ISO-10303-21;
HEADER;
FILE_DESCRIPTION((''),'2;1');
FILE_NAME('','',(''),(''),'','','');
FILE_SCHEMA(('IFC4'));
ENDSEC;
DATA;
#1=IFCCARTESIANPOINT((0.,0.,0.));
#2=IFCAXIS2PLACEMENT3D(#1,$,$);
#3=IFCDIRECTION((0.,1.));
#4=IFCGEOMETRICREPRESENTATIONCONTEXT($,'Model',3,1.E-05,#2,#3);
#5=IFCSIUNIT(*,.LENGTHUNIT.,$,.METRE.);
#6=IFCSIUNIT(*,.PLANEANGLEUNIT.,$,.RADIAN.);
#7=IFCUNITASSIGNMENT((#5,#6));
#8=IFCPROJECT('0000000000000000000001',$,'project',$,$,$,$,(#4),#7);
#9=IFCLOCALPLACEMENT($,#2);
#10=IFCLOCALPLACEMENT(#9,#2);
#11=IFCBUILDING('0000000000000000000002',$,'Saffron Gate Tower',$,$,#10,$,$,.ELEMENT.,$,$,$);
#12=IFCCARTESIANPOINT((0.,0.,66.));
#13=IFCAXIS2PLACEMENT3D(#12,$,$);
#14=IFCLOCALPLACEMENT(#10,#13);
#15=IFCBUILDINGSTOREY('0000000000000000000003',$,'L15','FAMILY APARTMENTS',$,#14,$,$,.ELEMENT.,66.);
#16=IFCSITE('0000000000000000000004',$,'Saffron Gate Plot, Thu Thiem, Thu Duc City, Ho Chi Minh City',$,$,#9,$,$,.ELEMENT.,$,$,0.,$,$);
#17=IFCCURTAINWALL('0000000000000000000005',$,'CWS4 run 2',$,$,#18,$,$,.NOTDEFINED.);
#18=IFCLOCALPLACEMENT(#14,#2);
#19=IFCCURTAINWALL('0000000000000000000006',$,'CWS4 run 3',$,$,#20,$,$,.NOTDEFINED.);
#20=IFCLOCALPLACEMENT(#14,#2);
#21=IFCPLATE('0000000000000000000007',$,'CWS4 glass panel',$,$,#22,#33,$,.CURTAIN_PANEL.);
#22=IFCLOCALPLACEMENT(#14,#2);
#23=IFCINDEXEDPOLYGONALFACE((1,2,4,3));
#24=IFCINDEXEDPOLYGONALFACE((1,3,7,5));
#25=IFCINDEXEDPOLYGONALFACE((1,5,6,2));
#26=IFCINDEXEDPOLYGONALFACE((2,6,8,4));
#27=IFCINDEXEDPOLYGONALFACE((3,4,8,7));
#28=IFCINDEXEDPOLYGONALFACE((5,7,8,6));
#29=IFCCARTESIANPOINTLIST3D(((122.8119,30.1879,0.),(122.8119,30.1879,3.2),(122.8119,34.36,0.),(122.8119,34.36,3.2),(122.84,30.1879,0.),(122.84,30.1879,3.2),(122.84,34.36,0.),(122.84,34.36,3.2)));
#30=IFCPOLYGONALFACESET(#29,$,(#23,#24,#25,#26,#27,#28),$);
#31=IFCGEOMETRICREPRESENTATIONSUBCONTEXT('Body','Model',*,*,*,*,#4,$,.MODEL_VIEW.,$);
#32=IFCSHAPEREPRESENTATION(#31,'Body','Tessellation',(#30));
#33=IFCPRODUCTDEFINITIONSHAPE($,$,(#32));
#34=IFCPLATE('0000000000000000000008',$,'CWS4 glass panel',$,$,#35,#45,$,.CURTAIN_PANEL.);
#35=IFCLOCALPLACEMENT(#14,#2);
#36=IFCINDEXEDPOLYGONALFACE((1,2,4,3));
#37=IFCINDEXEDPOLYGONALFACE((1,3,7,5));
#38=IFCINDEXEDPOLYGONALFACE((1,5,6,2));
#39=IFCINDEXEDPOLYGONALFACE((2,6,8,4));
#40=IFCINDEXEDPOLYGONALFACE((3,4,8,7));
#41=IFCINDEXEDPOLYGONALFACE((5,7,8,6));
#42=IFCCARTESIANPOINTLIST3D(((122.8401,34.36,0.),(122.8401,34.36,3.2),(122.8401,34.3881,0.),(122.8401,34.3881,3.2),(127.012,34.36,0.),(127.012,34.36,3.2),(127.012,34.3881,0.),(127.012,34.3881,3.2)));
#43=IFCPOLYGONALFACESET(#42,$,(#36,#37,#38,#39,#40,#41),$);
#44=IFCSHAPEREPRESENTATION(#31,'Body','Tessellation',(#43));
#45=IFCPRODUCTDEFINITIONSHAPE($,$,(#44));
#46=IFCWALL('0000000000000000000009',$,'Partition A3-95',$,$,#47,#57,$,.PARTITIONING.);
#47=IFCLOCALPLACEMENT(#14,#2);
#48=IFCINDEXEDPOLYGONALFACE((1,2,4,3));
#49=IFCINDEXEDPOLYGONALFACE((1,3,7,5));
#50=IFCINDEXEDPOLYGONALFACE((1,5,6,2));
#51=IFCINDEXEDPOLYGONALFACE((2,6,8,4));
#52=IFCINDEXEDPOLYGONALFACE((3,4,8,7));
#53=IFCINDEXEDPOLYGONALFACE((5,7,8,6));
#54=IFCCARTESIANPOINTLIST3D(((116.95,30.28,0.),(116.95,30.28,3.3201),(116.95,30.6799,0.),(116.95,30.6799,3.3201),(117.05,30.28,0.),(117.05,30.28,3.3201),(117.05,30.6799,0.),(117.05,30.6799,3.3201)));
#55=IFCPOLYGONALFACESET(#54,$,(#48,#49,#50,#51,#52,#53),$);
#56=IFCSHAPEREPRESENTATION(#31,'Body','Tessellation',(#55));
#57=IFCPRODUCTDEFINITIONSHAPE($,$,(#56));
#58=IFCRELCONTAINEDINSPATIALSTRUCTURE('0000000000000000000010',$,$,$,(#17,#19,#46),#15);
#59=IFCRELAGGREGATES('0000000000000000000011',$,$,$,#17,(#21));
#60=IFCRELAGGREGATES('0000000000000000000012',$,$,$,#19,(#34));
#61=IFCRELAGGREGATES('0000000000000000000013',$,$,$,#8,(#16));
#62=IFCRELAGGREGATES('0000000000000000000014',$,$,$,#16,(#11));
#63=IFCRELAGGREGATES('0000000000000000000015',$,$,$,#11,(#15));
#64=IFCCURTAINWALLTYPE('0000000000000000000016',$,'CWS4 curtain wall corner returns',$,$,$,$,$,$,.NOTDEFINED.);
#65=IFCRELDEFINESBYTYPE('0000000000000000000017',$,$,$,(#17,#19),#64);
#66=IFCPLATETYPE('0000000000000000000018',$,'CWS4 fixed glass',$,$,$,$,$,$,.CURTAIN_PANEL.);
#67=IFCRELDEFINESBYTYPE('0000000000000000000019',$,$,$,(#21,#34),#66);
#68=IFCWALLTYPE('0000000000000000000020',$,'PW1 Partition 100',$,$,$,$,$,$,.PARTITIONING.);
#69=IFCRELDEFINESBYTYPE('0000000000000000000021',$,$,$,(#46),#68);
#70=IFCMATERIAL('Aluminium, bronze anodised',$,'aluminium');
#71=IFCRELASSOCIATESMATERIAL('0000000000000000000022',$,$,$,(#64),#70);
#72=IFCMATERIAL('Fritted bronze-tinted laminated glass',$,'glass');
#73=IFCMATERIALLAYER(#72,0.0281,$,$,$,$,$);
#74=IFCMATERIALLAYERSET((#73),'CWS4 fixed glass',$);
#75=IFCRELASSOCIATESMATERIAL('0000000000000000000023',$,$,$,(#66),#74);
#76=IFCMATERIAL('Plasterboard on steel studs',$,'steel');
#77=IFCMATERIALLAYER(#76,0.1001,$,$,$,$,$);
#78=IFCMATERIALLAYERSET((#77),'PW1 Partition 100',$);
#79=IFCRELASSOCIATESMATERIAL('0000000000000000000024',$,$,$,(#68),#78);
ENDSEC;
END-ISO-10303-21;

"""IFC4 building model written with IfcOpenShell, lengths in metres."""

from ifc_helpers import new_model, si_unit, direction, frame, frame_2d, origin, place, context, subcontext, project, spatial, rectangle, extrude, material, layer, layer_set, type_object, element, aggregate, save


model = new_model("IFC4")

# Units and contexts
model_context = context("Model", 3, precision=1e-05, world=origin(), true_north=direction((0.0, 1.0)))
body_context = subcontext(model_context, "Body", "Model", "MODEL_VIEW")
ifc_project = project(units=[si_unit("LENGTHUNIT", "METRE"), si_unit("PLANEANGLEUNIT", "RADIAN")], contexts=[model_context])

# Site, building, storey
site_placement = place(None, origin())
site = spatial("IfcSite", under=ifc_project, at=site_placement, Name="Saffron Gate Plot, Thu Thiem, Thu Duc City, Ho Chi Minh City", CompositionType="ELEMENT", RefElevation=0.0)
building_placement = place(site_placement, origin())
building = spatial("IfcBuilding", under=site, at=building_placement, Name="Saffron Gate Tower", CompositionType="ELEMENT")
storey_placement = place(building_placement, frame((0.0, 0.0, 66.0)))
storey = spatial("IfcBuildingStorey", under=building, at=storey_placement, Name="L15", Description="FAMILY APARTMENTS", CompositionType="ELEMENT", Elevation=66.0)

# Curtain walls
ifc_material_1 = material(Name="Aluminium, bronze anodised", Category="aluminium")
curtain_wall_type_1 = type_object("IfcCurtainWallType", Name="CWS4 curtain wall corner returns", PredefinedType="NOTDEFINED", material=ifc_material_1)
curtain_wall_1_placement = place(storey_placement, origin())
curtain_wall_1 = element("IfcCurtainWall", 1, at=curtain_wall_1_placement, inside=storey, type_object=curtain_wall_type_1, Name="CWS4 run 2", PredefinedType="NOTDEFINED")
curtain_wall_2_placement = place(storey_placement, origin())
curtain_wall_2 = element("IfcCurtainWall", 2, at=curtain_wall_2_placement, inside=storey, type_object=curtain_wall_type_1, Name="CWS4 run 3", PredefinedType="NOTDEFINED")

# Shared definitions
ifc_material_2 = material(Name="Fritted bronze-tinted laminated glass", Category="glass")

# Plates
ifc_layer_1 = layer(ifc_material_2, 0.0281)
ifc_layer_set_1 = layer_set([ifc_layer_1], Name="CWS4 fixed glass")
plate_type_1 = type_object("IfcPlateType", Name="CWS4 fixed glass", PredefinedType="CURTAIN_PANEL", material=ifc_layer_set_1)
plate_1_placement = place(storey_placement, frame((122.8259, 30.188, 0.0), z_axis=(0.0, 0.0, 1.0), x_axis=(0.0, 1.0, 0.0)))
plate_1 = element("IfcPlate", 3, at=plate_1_placement, type_object=plate_type_1, Name="CWS4 glass panel", PredefinedType="CURTAIN_PANEL", context=body_context, shape_type="SweptSolid", body=[
    extrude(rectangle(XDim=4.1721, YDim=0.0281, at=frame_2d((2.0859, 0.0))), origin(), (0.0, 0.0, 1.0), 3.2),
])
aggregate(curtain_wall_1, [plate_1])
plate_2_placement = place(storey_placement, frame((122.8401, 34.374, 0.0), z_axis=(0.0, 0.0, 1.0), x_axis=(1.0, 0.0, 0.0)))
plate_2 = element("IfcPlate", 4, at=plate_2_placement, type_object=plate_type_1, Name="CWS4 glass panel", PredefinedType="CURTAIN_PANEL", context=body_context, shape_type="SweptSolid", body=[
    extrude(rectangle(XDim=4.1719, YDim=0.0281, at=frame_2d((2.0859, 0.0))), origin(), (0.0, 0.0, 1.0), 3.2),
])
aggregate(curtain_wall_2, [plate_2])

# Wall
ifc_material_3 = material(Name="Plasterboard on steel studs", Category="steel")
ifc_layer_2 = layer(ifc_material_3, 0.1001)
ifc_layer_set_2 = layer_set([ifc_layer_2], Name="PW1 Partition 100")
wall_type = type_object("IfcWallType", Name="PW1 Partition 100", PredefinedType="PARTITIONING", material=ifc_layer_set_2)
wall_placement = place(storey_placement, frame((117.0, 30.6799, 0.0), z_axis=(0.0, 0.0, 1.0), x_axis=(0.0, -1.0, 0.0)))
element("IfcWall", 5, at=wall_placement, inside=storey, type_object=wall_type, Name="Partition A3-95", PredefinedType="PARTITIONING", context=body_context, shape_type="SweptSolid", body=[
    extrude(rectangle(XDim=0.3999, YDim=0.1001, at=frame_2d((0.2, 0.0))), origin(), (0.0, 0.0, 1.0), 3.3201),
])

save(model, "model.ifc")
